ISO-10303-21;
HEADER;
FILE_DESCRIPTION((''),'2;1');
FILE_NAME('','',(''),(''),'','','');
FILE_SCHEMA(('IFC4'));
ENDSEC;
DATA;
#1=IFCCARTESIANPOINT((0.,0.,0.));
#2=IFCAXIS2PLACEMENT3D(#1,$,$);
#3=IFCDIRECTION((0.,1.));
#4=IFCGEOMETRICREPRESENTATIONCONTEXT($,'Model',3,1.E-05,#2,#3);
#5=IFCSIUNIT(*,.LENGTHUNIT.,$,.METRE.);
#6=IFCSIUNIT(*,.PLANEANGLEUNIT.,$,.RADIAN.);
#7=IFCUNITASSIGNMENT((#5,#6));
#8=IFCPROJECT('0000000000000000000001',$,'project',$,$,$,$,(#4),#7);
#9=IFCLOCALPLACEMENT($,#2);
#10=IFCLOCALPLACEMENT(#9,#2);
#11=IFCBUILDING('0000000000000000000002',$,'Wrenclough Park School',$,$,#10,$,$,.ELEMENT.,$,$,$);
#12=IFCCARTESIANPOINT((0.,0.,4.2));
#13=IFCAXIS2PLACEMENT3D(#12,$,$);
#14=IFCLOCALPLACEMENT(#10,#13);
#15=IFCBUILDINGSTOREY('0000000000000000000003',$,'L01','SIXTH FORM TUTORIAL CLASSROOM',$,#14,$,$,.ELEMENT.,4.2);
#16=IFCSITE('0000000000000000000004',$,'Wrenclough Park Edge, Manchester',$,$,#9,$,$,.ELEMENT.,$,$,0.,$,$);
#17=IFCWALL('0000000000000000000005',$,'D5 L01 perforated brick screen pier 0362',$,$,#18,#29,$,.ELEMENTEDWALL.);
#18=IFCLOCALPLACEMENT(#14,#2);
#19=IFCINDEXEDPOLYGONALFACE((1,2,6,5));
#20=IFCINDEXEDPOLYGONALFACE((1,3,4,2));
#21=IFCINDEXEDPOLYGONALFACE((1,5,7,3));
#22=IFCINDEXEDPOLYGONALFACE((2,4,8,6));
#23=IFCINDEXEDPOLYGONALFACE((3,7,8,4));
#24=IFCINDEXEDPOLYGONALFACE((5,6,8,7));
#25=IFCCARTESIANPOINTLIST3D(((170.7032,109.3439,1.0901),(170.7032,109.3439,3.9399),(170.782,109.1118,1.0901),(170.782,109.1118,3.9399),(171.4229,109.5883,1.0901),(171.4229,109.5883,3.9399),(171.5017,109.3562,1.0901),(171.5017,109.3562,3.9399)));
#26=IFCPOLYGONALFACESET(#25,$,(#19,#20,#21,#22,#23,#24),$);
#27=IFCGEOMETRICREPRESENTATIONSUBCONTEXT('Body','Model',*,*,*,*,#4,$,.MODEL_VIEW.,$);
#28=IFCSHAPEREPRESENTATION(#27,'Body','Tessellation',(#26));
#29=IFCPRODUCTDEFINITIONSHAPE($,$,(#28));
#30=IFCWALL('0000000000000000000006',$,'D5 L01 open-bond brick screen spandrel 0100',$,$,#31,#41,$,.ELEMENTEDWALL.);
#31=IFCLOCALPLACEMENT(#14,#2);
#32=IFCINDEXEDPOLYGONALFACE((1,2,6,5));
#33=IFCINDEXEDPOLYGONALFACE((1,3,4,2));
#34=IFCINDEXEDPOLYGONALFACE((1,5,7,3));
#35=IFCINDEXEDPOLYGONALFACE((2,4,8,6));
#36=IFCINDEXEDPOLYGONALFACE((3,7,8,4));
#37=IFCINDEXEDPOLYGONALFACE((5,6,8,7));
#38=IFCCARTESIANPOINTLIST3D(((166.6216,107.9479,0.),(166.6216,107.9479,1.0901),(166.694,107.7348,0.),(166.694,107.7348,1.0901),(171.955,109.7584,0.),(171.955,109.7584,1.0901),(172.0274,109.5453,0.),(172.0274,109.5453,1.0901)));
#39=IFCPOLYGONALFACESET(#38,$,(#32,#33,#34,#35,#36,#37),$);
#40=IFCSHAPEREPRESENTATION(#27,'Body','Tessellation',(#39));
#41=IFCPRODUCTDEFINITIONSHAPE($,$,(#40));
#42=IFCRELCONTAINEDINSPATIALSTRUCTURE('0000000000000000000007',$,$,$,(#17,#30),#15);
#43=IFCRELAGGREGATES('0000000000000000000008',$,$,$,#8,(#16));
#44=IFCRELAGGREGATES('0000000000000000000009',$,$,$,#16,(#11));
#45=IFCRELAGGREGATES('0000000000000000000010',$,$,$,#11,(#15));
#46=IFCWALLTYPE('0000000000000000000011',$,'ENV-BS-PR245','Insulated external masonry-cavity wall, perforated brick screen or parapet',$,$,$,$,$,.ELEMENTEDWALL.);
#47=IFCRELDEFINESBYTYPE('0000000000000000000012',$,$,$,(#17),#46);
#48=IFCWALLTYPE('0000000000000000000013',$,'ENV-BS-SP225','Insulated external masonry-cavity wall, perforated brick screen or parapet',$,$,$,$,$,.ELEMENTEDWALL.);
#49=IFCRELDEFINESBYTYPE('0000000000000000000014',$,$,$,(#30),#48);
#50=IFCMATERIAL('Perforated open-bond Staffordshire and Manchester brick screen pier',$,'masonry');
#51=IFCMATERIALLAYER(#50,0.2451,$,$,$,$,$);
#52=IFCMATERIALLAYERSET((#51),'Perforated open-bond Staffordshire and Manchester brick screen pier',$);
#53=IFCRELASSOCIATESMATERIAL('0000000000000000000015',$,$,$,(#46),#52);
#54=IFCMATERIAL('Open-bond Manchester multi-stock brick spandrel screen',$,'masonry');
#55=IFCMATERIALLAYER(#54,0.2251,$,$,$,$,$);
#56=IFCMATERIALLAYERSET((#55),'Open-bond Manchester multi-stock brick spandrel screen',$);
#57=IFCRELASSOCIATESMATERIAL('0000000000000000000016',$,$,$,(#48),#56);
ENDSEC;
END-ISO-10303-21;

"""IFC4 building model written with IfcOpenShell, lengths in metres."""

from ifc_helpers import new_model, si_unit, direction, frame, frame_2d, origin, place, context, subcontext, project, spatial, rectangle, extrude, material, layer, layer_set, type_object, element, save


model = new_model("IFC4")

# Units and contexts
model_context = context("Model", 3, precision=1e-05, world=origin(), true_north=direction((0.0, 1.0)))
body_context = subcontext(model_context, "Body", "Model", "MODEL_VIEW")
ifc_project = project(units=[si_unit("LENGTHUNIT", "METRE"), si_unit("PLANEANGLEUNIT", "RADIAN")], contexts=[model_context])

# Site, building, storey
site_placement = place(None, origin())
site = spatial("IfcSite", under=ifc_project, at=site_placement, Name="Wrenclough Park Edge, Manchester", CompositionType="ELEMENT", RefElevation=0.0)
building_placement = place(site_placement, origin())
building = spatial("IfcBuilding", under=site, at=building_placement, Name="Wrenclough Park School", CompositionType="ELEMENT")
storey_placement = place(building_placement, frame((0.0, 0.0, 4.2)))
storey = spatial("IfcBuildingStorey", under=building, at=storey_placement, Name="L01", Description="SIXTH FORM TUTORIAL CLASSROOM", CompositionType="ELEMENT", Elevation=4.2)

# Walls
ifc_material_1 = material(Name="Perforated open-bond Staffordshire and Manchester brick screen pier", Category="masonry")
ifc_layer_1 = layer(ifc_material_1, 0.2451)
ifc_layer_set_1 = layer_set([ifc_layer_1], Name="Perforated open-bond Staffordshire and Manchester brick screen pier")
wall_type_1 = type_object("IfcWallType", Name="ENV-BS-PR245", Description="Insulated external masonry-cavity wall, perforated brick screen or parapet", PredefinedType="ELEMENTEDWALL", material=ifc_layer_set_1)
for number, where, z_axis, x_axis, name in (
    (1, (171.4622, 109.4722, 1.0901), (0.0, 0.0, 1.0), (-0.946902, -0.321523, 0.0), "D5 L01 perforated brick screen pier 0362"),
):
    element("IfcWall", number, at=place(storey_placement, frame(where, z_axis=z_axis, x_axis=x_axis)), inside=storey, type_object=wall_type_1, Name=name, PredefinedType="ELEMENTEDWALL", context=body_context, shape_type="SweptSolid", body=[
        extrude(rectangle(XDim=0.76, YDim=0.2451, at=frame_2d((0.3799, 0.0))), origin(), (0.0, 0.0, 1.0), 2.8499),
    ])
ifc_material_2 = material(Name="Open-bond Manchester multi-stock brick spandrel screen", Category="masonry")
ifc_layer_2 = layer(ifc_material_2, 0.2251)
ifc_layer_set_2 = layer_set([ifc_layer_2], Name="Open-bond Manchester multi-stock brick spandrel screen")
wall_type_2 = type_object("IfcWallType", Name="ENV-BS-SP225", Description="Insulated external masonry-cavity wall, perforated brick screen or parapet", PredefinedType="ELEMENTEDWALL", material=ifc_layer_set_2)
wall_placement = place(storey_placement, frame((171.9912, 109.6519, 0.0), z_axis=(0.0, 0.0, 1.0), x_axis=(-0.946926, -0.32145, 0.0)))
element("IfcWall", 2, at=wall_placement, inside=storey, type_object=wall_type_2, Name="D5 L01 open-bond brick screen spandrel 0100", PredefinedType="ELEMENTEDWALL", context=body_context, shape_type="SweptSolid", body=[
    extrude(rectangle(XDim=5.6323, YDim=0.2251, at=frame_2d((2.8162, 0.0))), origin(), (0.0, 0.0, 1.0), 1.0901),
])

save(model, "model.ifc")
